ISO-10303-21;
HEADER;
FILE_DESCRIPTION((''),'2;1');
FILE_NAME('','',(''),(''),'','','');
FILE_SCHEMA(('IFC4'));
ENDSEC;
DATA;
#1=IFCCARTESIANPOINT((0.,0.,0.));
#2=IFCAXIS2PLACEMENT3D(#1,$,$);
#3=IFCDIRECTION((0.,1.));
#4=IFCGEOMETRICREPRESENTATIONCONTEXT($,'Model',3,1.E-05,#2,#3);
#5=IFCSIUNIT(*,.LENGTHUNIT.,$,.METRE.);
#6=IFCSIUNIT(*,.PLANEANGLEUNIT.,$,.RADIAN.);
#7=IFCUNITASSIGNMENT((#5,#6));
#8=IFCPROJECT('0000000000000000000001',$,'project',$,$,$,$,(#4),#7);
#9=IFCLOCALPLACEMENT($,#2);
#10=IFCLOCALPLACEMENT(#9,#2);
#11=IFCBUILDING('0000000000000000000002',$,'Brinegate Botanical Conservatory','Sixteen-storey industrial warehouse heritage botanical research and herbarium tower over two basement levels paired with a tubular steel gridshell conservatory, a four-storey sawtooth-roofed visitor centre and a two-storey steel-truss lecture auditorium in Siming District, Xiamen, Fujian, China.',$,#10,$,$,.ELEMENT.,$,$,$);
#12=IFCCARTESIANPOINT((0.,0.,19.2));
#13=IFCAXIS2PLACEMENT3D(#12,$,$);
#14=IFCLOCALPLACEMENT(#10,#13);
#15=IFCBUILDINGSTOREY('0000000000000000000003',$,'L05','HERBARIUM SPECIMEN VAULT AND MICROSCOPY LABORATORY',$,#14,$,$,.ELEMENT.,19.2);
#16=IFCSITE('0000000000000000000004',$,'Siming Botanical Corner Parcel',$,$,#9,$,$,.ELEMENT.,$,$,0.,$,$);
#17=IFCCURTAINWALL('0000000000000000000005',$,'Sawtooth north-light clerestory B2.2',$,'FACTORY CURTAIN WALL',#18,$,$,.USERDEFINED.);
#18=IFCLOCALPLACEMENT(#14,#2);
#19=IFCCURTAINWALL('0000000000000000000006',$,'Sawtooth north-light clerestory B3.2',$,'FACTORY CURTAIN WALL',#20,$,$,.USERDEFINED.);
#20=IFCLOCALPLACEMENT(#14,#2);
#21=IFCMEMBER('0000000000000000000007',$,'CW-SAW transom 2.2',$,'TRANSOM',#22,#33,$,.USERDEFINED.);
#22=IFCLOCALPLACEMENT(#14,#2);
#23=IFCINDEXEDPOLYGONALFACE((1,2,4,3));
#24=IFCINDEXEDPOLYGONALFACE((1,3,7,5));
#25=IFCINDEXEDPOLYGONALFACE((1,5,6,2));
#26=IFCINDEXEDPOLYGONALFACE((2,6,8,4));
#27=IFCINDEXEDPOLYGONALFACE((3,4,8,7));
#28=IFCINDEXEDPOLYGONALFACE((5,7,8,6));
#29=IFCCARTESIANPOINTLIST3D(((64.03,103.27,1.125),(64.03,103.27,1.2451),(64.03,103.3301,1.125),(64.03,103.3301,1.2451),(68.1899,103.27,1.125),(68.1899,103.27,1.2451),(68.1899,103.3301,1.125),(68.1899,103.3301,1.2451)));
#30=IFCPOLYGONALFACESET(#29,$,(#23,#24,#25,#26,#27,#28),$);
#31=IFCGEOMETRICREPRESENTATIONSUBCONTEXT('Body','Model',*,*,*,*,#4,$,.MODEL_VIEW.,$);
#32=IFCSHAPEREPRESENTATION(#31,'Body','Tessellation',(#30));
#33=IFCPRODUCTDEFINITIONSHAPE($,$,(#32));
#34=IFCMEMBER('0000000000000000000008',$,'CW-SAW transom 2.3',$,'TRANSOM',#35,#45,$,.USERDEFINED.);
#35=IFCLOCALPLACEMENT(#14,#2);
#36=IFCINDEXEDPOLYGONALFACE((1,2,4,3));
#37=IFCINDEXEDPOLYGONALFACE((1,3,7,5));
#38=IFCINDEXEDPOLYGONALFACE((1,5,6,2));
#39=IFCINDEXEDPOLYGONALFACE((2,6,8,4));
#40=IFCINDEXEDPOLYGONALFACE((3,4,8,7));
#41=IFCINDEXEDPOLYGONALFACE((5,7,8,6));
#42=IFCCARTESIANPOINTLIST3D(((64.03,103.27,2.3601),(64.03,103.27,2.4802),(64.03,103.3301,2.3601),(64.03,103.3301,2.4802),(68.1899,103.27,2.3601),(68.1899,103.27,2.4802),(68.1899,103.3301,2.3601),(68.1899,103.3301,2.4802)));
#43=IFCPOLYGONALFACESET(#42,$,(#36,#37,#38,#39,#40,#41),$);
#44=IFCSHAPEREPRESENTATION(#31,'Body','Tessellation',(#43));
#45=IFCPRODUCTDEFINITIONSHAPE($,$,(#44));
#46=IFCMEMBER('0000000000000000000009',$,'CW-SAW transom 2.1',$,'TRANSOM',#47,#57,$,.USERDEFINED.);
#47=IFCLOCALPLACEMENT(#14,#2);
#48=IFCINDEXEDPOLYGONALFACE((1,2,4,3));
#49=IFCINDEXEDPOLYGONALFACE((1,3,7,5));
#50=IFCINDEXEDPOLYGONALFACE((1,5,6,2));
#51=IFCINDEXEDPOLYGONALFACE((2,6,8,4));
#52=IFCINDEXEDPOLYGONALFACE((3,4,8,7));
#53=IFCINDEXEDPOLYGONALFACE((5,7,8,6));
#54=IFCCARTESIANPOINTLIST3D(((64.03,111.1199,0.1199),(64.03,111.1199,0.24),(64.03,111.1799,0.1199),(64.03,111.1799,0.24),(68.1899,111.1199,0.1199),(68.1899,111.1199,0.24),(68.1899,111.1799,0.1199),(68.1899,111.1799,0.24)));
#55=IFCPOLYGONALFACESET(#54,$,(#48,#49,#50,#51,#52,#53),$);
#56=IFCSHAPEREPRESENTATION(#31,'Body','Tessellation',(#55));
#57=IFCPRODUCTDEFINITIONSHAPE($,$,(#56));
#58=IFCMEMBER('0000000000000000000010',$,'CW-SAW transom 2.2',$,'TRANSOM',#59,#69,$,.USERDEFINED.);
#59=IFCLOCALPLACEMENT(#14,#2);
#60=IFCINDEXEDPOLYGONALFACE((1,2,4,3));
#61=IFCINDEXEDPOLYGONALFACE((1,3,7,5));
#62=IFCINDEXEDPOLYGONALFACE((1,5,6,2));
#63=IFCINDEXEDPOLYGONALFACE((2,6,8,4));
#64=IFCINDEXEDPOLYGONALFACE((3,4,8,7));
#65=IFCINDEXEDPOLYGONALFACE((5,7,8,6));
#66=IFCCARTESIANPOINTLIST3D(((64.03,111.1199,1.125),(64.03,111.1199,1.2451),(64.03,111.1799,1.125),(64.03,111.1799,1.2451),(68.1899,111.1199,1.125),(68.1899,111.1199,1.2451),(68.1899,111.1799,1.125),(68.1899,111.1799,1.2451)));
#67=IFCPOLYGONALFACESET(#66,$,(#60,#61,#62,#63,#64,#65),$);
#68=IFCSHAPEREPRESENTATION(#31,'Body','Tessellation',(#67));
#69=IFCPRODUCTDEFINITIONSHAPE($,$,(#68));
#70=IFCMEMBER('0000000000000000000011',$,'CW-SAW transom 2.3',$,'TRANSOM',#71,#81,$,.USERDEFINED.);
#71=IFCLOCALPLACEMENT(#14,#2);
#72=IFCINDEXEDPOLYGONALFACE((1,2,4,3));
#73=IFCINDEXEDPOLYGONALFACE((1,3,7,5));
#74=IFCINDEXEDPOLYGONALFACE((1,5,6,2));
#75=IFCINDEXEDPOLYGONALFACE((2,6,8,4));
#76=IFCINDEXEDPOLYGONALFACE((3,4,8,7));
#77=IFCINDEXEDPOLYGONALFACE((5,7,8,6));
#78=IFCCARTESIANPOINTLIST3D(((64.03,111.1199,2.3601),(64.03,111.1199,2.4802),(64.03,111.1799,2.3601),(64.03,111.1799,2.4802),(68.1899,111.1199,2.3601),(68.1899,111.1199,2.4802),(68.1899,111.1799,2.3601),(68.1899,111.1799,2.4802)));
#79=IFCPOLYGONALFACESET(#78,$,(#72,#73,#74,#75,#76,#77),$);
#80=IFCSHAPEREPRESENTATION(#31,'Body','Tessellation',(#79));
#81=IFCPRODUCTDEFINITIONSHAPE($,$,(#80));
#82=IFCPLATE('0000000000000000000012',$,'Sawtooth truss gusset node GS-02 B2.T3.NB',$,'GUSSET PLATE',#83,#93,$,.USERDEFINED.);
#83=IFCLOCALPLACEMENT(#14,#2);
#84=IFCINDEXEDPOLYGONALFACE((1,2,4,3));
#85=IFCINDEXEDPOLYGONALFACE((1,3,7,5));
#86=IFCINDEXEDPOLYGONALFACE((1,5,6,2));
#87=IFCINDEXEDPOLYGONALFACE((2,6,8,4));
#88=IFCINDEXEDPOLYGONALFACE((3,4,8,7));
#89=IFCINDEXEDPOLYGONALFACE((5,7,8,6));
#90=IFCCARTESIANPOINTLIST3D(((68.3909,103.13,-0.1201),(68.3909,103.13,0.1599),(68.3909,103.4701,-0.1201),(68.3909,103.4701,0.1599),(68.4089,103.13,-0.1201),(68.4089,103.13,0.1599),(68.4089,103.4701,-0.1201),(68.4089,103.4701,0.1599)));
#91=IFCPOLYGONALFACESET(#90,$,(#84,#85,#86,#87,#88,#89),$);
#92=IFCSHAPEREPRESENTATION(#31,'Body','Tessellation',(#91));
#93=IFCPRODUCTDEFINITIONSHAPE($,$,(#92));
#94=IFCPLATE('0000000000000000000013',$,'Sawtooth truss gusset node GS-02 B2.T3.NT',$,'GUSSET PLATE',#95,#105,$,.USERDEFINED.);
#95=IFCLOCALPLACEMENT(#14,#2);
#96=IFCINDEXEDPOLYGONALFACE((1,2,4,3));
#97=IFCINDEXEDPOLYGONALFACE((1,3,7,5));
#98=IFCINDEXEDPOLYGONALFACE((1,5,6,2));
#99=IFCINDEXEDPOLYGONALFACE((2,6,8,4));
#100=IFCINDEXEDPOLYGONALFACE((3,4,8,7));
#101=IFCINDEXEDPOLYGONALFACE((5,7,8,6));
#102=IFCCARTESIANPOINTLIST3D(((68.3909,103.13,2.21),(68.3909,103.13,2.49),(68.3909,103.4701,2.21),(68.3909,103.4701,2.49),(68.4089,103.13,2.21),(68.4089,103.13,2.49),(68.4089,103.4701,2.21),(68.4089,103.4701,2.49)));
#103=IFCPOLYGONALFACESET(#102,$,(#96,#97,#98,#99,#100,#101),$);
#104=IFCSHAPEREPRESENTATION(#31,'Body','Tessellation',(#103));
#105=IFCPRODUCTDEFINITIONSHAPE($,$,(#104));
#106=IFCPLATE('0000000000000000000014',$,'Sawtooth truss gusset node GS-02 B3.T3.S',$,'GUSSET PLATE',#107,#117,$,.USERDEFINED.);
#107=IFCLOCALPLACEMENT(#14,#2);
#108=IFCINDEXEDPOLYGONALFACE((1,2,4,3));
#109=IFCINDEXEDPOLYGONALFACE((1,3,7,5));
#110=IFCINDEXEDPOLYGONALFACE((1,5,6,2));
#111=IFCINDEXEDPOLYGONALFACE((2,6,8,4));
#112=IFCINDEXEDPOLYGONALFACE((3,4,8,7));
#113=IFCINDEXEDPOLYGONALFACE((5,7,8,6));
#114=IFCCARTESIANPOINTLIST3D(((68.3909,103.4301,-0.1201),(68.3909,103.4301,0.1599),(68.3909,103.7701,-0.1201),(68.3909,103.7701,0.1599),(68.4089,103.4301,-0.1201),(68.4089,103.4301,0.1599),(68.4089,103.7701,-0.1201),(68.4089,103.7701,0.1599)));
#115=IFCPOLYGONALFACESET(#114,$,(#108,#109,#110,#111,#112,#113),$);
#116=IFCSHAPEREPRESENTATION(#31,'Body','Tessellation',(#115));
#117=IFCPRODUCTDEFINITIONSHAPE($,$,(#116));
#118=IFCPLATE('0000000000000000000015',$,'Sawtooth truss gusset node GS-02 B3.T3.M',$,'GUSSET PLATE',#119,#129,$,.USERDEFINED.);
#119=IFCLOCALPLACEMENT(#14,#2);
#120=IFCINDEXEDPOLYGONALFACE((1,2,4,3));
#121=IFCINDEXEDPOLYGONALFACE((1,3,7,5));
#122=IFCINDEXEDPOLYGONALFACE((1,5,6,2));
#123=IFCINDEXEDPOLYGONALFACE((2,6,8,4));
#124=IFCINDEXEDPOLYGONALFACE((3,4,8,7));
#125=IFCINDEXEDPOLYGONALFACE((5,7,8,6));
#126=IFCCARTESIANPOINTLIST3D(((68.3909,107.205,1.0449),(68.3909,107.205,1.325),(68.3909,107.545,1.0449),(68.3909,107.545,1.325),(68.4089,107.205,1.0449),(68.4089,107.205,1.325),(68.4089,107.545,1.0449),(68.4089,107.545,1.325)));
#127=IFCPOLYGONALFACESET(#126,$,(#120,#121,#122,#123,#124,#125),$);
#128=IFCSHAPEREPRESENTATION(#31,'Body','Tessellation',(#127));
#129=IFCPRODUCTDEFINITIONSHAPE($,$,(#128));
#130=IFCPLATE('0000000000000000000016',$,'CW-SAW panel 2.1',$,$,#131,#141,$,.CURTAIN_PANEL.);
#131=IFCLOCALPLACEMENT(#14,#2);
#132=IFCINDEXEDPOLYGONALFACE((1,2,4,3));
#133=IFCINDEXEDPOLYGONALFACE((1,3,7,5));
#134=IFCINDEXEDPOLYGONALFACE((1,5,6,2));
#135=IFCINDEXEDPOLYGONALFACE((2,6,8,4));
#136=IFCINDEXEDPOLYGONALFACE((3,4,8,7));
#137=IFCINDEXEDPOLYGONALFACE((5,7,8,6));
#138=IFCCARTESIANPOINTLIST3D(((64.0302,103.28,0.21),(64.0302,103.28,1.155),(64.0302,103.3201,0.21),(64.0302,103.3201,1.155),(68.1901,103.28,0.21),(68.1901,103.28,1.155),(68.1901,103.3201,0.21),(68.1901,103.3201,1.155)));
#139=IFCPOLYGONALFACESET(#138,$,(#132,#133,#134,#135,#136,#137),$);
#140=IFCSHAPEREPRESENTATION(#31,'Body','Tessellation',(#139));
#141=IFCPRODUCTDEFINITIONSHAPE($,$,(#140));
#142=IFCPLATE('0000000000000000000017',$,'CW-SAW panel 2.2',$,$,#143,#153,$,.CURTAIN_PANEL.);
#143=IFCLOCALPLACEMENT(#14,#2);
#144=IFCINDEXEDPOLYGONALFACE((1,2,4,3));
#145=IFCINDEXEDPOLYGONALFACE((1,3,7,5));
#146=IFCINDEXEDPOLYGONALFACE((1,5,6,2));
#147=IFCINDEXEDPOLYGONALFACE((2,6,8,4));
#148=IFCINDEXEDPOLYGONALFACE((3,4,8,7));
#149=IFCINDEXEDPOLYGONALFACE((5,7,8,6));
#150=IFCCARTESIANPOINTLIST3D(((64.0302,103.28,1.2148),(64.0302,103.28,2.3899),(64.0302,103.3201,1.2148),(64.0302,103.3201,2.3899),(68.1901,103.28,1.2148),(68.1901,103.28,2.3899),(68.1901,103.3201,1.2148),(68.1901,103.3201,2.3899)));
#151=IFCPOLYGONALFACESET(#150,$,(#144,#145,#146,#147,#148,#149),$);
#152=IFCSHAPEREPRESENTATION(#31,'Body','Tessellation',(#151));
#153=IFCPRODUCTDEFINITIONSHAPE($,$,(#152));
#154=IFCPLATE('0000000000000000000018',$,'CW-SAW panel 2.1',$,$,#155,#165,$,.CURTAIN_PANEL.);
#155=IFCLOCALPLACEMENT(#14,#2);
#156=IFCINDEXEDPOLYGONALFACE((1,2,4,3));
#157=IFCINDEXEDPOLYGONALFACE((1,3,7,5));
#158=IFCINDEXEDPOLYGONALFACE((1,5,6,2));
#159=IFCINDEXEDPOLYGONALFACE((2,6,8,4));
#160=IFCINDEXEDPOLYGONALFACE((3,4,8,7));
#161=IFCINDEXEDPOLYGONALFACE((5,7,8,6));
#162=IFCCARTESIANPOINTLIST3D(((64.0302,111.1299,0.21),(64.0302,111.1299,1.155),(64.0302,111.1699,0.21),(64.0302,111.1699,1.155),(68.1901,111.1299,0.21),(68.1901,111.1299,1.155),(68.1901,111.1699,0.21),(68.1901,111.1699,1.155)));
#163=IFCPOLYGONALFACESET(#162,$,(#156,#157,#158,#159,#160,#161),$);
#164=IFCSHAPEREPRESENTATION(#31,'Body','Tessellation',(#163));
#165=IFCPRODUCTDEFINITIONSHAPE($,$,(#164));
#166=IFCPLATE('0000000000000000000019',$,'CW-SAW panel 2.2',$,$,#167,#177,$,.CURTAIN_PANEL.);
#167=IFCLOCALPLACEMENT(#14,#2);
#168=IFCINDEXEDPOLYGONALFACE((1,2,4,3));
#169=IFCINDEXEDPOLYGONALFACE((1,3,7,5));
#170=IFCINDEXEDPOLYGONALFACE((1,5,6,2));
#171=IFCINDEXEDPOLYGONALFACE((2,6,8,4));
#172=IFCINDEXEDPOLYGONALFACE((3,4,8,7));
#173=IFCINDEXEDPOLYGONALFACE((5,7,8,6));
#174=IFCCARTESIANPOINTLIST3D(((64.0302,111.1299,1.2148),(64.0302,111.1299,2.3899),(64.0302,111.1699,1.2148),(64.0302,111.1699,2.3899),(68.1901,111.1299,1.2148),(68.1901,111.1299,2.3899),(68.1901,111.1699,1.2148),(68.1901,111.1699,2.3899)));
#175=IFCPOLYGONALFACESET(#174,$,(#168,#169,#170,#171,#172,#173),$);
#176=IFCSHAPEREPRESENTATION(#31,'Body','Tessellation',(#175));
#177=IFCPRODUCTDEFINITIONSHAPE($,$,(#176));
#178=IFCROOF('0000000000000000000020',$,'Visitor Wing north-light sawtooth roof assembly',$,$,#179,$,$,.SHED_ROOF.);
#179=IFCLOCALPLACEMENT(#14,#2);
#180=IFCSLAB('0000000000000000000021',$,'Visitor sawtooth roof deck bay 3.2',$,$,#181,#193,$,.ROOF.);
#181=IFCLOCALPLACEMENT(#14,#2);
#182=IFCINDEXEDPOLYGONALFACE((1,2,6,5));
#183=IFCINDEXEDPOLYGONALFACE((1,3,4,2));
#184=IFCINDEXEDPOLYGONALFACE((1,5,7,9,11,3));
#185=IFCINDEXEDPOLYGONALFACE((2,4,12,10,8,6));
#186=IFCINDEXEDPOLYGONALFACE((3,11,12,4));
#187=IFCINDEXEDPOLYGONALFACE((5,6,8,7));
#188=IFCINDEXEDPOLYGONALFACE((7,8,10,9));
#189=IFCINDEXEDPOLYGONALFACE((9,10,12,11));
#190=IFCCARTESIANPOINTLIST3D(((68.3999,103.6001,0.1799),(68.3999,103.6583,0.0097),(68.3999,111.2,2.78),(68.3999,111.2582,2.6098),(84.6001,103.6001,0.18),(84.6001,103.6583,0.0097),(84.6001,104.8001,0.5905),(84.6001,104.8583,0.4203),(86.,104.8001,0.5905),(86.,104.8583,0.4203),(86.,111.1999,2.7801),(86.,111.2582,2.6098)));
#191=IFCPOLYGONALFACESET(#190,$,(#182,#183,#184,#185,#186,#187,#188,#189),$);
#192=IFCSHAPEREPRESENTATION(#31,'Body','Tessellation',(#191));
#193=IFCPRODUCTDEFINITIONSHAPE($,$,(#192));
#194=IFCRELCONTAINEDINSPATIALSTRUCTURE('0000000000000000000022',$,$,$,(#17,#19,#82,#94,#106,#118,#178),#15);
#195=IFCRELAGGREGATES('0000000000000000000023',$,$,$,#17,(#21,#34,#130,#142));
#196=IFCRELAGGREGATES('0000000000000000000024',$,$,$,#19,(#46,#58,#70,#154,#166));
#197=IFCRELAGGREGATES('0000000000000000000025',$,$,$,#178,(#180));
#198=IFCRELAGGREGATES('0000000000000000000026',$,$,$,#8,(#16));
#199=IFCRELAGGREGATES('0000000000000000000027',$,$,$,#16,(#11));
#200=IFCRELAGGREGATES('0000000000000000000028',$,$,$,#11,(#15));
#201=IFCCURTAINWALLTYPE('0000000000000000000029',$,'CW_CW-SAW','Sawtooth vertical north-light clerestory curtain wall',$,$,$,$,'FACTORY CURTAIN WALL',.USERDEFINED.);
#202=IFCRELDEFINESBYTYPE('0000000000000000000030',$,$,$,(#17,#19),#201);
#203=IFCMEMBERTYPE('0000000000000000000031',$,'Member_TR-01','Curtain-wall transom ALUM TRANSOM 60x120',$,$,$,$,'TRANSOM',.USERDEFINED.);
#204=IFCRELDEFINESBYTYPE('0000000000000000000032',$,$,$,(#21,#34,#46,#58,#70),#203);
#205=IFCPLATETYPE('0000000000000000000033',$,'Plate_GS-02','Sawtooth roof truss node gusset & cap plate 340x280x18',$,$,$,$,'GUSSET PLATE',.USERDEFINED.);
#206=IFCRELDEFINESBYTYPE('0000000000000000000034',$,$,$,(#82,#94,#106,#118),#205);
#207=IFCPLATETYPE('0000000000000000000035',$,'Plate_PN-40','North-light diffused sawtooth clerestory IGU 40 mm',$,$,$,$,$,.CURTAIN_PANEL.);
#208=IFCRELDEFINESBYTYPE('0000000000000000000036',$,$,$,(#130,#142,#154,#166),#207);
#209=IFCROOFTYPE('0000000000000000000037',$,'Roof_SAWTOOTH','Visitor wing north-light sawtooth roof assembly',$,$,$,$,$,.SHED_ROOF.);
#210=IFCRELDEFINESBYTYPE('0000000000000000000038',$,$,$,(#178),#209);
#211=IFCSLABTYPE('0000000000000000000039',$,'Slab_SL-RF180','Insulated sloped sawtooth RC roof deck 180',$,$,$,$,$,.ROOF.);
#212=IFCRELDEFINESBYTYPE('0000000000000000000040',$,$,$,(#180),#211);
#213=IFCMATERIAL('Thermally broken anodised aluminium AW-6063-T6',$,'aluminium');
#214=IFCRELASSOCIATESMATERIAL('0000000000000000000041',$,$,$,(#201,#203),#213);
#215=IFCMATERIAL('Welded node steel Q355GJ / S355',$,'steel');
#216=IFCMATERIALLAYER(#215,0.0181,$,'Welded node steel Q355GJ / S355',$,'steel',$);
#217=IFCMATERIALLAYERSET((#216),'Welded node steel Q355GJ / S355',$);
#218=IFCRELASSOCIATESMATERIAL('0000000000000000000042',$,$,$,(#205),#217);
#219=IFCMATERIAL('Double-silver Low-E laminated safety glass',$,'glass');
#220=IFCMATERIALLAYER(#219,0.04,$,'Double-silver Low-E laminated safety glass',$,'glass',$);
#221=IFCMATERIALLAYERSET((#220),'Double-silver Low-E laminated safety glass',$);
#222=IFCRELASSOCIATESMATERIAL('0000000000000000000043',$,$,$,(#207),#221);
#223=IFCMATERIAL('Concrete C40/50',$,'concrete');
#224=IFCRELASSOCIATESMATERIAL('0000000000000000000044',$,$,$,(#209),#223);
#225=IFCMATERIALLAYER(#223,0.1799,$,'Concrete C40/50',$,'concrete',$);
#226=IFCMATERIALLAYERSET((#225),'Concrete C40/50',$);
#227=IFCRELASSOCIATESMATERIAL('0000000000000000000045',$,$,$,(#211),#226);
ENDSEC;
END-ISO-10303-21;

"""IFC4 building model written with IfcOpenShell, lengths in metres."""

from ifc_helpers import new_model, si_unit, direction, frame, origin, origin_2d, place, context, subcontext, project, spatial, polyline, rectangle, outline, extrude, material, layer, layer_set, material_profile, profile_set, type_object, element, aggregate, save


model = new_model("IFC4")

# Units and contexts
model_context = context("Model", 3, precision=1e-05, world=origin(), true_north=direction((0.0, 1.0)))
body_context = subcontext(model_context, "Body", "Model", "MODEL_VIEW")
ifc_project = project(units=[si_unit("LENGTHUNIT", "METRE"), si_unit("PLANEANGLEUNIT", "RADIAN")], contexts=[model_context])

# Site, building, storey
site_placement = place(None, origin())
site = spatial("IfcSite", under=ifc_project, at=site_placement, Name="Siming Botanical Corner Parcel", CompositionType="ELEMENT", RefElevation=0.0)
building_placement = place(site_placement, origin())
building = spatial("IfcBuilding", under=site, at=building_placement, Name="Brinegate Botanical Conservatory", Description="Sixteen-storey industrial warehouse heritage botanical research and herbarium tower over two basement levels paired with a tubular steel gridshell conservatory, a four-storey sawtooth-roofed visitor centre and a two-storey steel-truss lecture auditorium in Siming District, Xiamen, Fujian, China.", CompositionType="ELEMENT")
storey_placement = place(building_placement, frame((0.0, 0.0, 19.2)))
storey = spatial("IfcBuildingStorey", under=building, at=storey_placement, Name="L05", Description="HERBARIUM SPECIMEN VAULT AND MICROSCOPY LABORATORY", CompositionType="ELEMENT", Elevation=19.2)

# Curtain walls
ifc_material_1 = material(Name="Thermally broken anodised aluminium AW-6063-T6", Category="aluminium")
curtain_wall_type = type_object("IfcCurtainWallType", Name="CW_CW-SAW", Description="Sawtooth vertical north-light clerestory curtain wall", ElementType="FACTORY CURTAIN WALL", PredefinedType="USERDEFINED", material=ifc_material_1)
curtain_wall_1_placement = place(storey_placement, origin())
curtain_wall_1 = element("IfcCurtainWall", 1, at=curtain_wall_1_placement, inside=storey, type_object=curtain_wall_type, Name="Sawtooth north-light clerestory B2.2", ObjectType="FACTORY CURTAIN WALL", PredefinedType="USERDEFINED")
curtain_wall_2_placement = place(storey_placement, origin())
curtain_wall_2 = element("IfcCurtainWall", 2, at=curtain_wall_2_placement, inside=storey, type_object=curtain_wall_type, Name="Sawtooth north-light clerestory B3.2", ObjectType="FACTORY CURTAIN WALL", PredefinedType="USERDEFINED")

# Members
ifc_material_profile_1 = material_profile(ifc_material_1, rectangle(XDim=0.0601, YDim=0.1201, at=origin_2d()), Name="ALUM TRANSOM 60x120")
ifc_profile_set_1 = profile_set([ifc_material_profile_1], Name="Thermally broken anodised aluminium AW-6063-T6")
member_type_1 = type_object("IfcMemberType", Name="Member_TR-01", Description="Curtain-wall transom ALUM TRANSOM 60x120", ElementType="TRANSOM", PredefinedType="USERDEFINED", material=ifc_profile_set_1)
member_1_placement = place(storey_placement, frame((64.03, 103.3, 1.1851), z_axis=(1.0, 0.0, 0.0), x_axis=(0.0, 1.0, 0.0)))
member_1 = element("IfcMember", 3, at=member_1_placement, type_object=member_type_1, Name="CW-SAW transom 2.2", ObjectType="TRANSOM", PredefinedType="USERDEFINED", context=body_context, shape_type="SweptSolid", body=[
    extrude(rectangle(XDim=0.0601, YDim=0.1201, at=origin_2d()), origin(), (0.0, 0.0, 1.0), 4.1599),
])
member_2_placement = place(storey_placement, frame((64.03, 103.3, 2.4202), z_axis=(1.0, 0.0, 0.0), x_axis=(0.0, 1.0, 0.0)))
member_2 = element("IfcMember", 4, at=member_2_placement, type_object=member_type_1, Name="CW-SAW transom 2.3", ObjectType="TRANSOM", PredefinedType="USERDEFINED", context=body_context, shape_type="SweptSolid", body=[
    extrude(rectangle(XDim=0.0601, YDim=0.1201, at=origin_2d()), origin(), (0.0, 0.0, 1.0), 4.1599),
])
member_3_placement = place(storey_placement, frame((64.03, 111.1499, 0.1799), z_axis=(1.0, 0.0, 0.0), x_axis=(0.0, 1.0, 0.0)))
member_3 = element("IfcMember", 5, at=member_3_placement, type_object=member_type_1, Name="CW-SAW transom 2.1", ObjectType="TRANSOM", PredefinedType="USERDEFINED", context=body_context, shape_type="SweptSolid", body=[
    extrude(rectangle(XDim=0.0601, YDim=0.1201, at=origin_2d()), origin(), (0.0, 0.0, 1.0), 4.1599),
])
member_4_placement = place(storey_placement, frame((64.03, 111.1499, 1.1851), z_axis=(1.0, 0.0, 0.0), x_axis=(0.0, 1.0, 0.0)))
member_4 = element("IfcMember", 6, at=member_4_placement, type_object=member_type_1, Name="CW-SAW transom 2.2", ObjectType="TRANSOM", PredefinedType="USERDEFINED", context=body_context, shape_type="SweptSolid", body=[
    extrude(rectangle(XDim=0.0601, YDim=0.1201, at=origin_2d()), origin(), (0.0, 0.0, 1.0), 4.1599),
])
member_5_placement = place(storey_placement, frame((64.03, 111.1499, 2.4202), z_axis=(1.0, 0.0, 0.0), x_axis=(0.0, 1.0, 0.0)))
member_5 = element("IfcMember", 7, at=member_5_placement, type_object=member_type_1, Name="CW-SAW transom 2.3", ObjectType="TRANSOM", PredefinedType="USERDEFINED", context=body_context, shape_type="SweptSolid", body=[
    extrude(rectangle(XDim=0.0601, YDim=0.1201, at=origin_2d()), origin(), (0.0, 0.0, 1.0), 4.1599),
])

# Plates
ifc_material_2 = material(Name="Welded node steel Q355GJ / S355", Category="steel")
ifc_layer_1 = layer(ifc_material_2, 0.0181, Name="Welded node steel Q355GJ / S355", Category="steel")
ifc_layer_set_1 = layer_set([ifc_layer_1], Name="Welded node steel Q355GJ / S355")
plate_type_1 = type_object("IfcPlateType", Name="Plate_GS-02", Description="Sawtooth roof truss node gusset & cap plate 340x280x18", ElementType="GUSSET PLATE", PredefinedType="USERDEFINED", material=ifc_layer_set_1)
for number, where, z_axis, x_axis, name in (
    (8, (68.3999, 103.3, -0.1201), (0.0, 0.0, 1.0), (1.0, 0.0, 0.0), "Sawtooth truss gusset node GS-02 B2.T3.NB"),
    (9, (68.3999, 103.3, 2.21), (0.0, 0.0, 1.0), (1.0, 0.0, 0.0), "Sawtooth truss gusset node GS-02 B2.T3.NT"),
    (10, (68.3999, 103.6001, -0.1201), (0.0, 0.0, 1.0), (1.0, 0.0, 0.0), "Sawtooth truss gusset node GS-02 B3.T3.S"),
    (11, (68.3999, 107.375, 1.0449), (0.0, 0.0, 1.0), (1.0, 0.0, 0.0), "Sawtooth truss gusset node GS-02 B3.T3.M"),
):
    element("IfcPlate", number, at=place(storey_placement, frame(where, z_axis=z_axis, x_axis=x_axis)), inside=storey, type_object=plate_type_1, Name=name, ObjectType="GUSSET PLATE", PredefinedType="USERDEFINED", context=body_context, shape_type="SweptSolid", body=[
        extrude(rectangle(XDim=0.0181, YDim=0.3401, at=origin_2d()), origin(), (0.0, 0.0, 1.0), 0.28),
    ])

# Plates
ifc_material_3 = material(Name="Double-silver Low-E laminated safety glass", Category="glass")
ifc_layer_2 = layer(ifc_material_3, 0.04, Name="Double-silver Low-E laminated safety glass", Category="glass")
ifc_layer_set_2 = layer_set([ifc_layer_2], Name="Double-silver Low-E laminated safety glass")
plate_type_2 = type_object("IfcPlateType", Name="Plate_PN-40", Description="North-light diffused sawtooth clerestory IGU 40 mm", PredefinedType="CURTAIN_PANEL", material=ifc_layer_set_2)
plate_1_placement = place(storey_placement, frame((66.1101, 103.3, 0.21), z_axis=(0.0, 0.0, 1.0), x_axis=(1.0, 0.0, 0.0)))
plate_1 = element("IfcPlate", 12, at=plate_1_placement, type_object=plate_type_2, Name="CW-SAW panel 2.1", PredefinedType="CURTAIN_PANEL", context=body_context, shape_type="SweptSolid", body=[
    extrude(rectangle(XDim=4.1599, YDim=0.04, at=origin_2d()), origin(), (0.0, 0.0, 1.0), 0.9451),
])
plate_2_placement = place(storey_placement, frame((66.1101, 103.3, 1.2148), z_axis=(0.0, 0.0, 1.0), x_axis=(1.0, 0.0, 0.0)))
plate_2 = element("IfcPlate", 13, at=plate_2_placement, type_object=plate_type_2, Name="CW-SAW panel 2.2", PredefinedType="CURTAIN_PANEL", context=body_context, shape_type="SweptSolid", body=[
    extrude(rectangle(XDim=4.1599, YDim=0.04, at=origin_2d()), origin(), (0.0, 0.0, 1.0), 1.175),
])
aggregate(curtain_wall_1, [member_1, member_2, plate_1, plate_2])
plate_3_placement = place(storey_placement, frame((66.1101, 111.1499, 0.21), z_axis=(0.0, 0.0, 1.0), x_axis=(1.0, 0.0, 0.0)))
plate_3 = element("IfcPlate", 14, at=plate_3_placement, type_object=plate_type_2, Name="CW-SAW panel 2.1", PredefinedType="CURTAIN_PANEL", context=body_context, shape_type="SweptSolid", body=[
    extrude(rectangle(XDim=4.1599, YDim=0.04, at=origin_2d()), origin(), (0.0, 0.0, 1.0), 0.9451),
])
plate_4_placement = place(storey_placement, frame((66.1101, 111.1499, 1.2148), z_axis=(0.0, 0.0, 1.0), x_axis=(1.0, 0.0, 0.0)))
plate_4 = element("IfcPlate", 15, at=plate_4_placement, type_object=plate_type_2, Name="CW-SAW panel 2.2", PredefinedType="CURTAIN_PANEL", context=body_context, shape_type="SweptSolid", body=[
    extrude(rectangle(XDim=4.1599, YDim=0.04, at=origin_2d()), origin(), (0.0, 0.0, 1.0), 1.175),
])
aggregate(curtain_wall_2, [member_3, member_4, member_5, plate_3, plate_4])

# Roof, slab
ifc_material_4 = material(Name="Concrete C40/50", Category="concrete")
roof_type = type_object("IfcRoofType", Name="Roof_SAWTOOTH", Description="Visitor wing north-light sawtooth roof assembly", PredefinedType="SHED_ROOF", material=ifc_material_4)
roof_placement = place(storey_placement, origin())
roof = element("IfcRoof", 16, at=roof_placement, inside=storey, type_object=roof_type, Name="Visitor Wing north-light sawtooth roof assembly", PredefinedType="SHED_ROOF")
ifc_layer_3 = layer(ifc_material_4, 0.1799, Name="Concrete C40/50", Category="concrete")
ifc_layer_set_3 = layer_set([ifc_layer_3], Name="Concrete C40/50")
slab_type = type_object("IfcSlabType", Name="Slab_SL-RF180", Description="Insulated sloped sawtooth RC roof deck 180", PredefinedType="ROOF", material=ifc_layer_set_3)
slab_placement = place(storey_placement, frame((68.3999, 103.6001, 0.1799), z_axis=(-0.000003, -0.323703, 0.946159), x_axis=(1.0, -0.000001, 0.000003)))
slab = element("IfcSlab", 17, at=slab_placement, type_object=slab_type, Name="Visitor sawtooth roof deck bay 3.2", PredefinedType="ROOF", context=body_context, shape_type="SweptSolid", body=[
    extrude(outline(polyline([(0.0, 0.0), (16.2002, 0.0), (16.2002, 1.2683), (17.6001, 1.2683), (17.6001, 8.0323), (0.0, 8.0323), (0.0, 0.0)])), origin(), (0.0, 0.0, -1.0), 0.1799),
])
aggregate(roof, [slab])

save(model, "model.ifc")
